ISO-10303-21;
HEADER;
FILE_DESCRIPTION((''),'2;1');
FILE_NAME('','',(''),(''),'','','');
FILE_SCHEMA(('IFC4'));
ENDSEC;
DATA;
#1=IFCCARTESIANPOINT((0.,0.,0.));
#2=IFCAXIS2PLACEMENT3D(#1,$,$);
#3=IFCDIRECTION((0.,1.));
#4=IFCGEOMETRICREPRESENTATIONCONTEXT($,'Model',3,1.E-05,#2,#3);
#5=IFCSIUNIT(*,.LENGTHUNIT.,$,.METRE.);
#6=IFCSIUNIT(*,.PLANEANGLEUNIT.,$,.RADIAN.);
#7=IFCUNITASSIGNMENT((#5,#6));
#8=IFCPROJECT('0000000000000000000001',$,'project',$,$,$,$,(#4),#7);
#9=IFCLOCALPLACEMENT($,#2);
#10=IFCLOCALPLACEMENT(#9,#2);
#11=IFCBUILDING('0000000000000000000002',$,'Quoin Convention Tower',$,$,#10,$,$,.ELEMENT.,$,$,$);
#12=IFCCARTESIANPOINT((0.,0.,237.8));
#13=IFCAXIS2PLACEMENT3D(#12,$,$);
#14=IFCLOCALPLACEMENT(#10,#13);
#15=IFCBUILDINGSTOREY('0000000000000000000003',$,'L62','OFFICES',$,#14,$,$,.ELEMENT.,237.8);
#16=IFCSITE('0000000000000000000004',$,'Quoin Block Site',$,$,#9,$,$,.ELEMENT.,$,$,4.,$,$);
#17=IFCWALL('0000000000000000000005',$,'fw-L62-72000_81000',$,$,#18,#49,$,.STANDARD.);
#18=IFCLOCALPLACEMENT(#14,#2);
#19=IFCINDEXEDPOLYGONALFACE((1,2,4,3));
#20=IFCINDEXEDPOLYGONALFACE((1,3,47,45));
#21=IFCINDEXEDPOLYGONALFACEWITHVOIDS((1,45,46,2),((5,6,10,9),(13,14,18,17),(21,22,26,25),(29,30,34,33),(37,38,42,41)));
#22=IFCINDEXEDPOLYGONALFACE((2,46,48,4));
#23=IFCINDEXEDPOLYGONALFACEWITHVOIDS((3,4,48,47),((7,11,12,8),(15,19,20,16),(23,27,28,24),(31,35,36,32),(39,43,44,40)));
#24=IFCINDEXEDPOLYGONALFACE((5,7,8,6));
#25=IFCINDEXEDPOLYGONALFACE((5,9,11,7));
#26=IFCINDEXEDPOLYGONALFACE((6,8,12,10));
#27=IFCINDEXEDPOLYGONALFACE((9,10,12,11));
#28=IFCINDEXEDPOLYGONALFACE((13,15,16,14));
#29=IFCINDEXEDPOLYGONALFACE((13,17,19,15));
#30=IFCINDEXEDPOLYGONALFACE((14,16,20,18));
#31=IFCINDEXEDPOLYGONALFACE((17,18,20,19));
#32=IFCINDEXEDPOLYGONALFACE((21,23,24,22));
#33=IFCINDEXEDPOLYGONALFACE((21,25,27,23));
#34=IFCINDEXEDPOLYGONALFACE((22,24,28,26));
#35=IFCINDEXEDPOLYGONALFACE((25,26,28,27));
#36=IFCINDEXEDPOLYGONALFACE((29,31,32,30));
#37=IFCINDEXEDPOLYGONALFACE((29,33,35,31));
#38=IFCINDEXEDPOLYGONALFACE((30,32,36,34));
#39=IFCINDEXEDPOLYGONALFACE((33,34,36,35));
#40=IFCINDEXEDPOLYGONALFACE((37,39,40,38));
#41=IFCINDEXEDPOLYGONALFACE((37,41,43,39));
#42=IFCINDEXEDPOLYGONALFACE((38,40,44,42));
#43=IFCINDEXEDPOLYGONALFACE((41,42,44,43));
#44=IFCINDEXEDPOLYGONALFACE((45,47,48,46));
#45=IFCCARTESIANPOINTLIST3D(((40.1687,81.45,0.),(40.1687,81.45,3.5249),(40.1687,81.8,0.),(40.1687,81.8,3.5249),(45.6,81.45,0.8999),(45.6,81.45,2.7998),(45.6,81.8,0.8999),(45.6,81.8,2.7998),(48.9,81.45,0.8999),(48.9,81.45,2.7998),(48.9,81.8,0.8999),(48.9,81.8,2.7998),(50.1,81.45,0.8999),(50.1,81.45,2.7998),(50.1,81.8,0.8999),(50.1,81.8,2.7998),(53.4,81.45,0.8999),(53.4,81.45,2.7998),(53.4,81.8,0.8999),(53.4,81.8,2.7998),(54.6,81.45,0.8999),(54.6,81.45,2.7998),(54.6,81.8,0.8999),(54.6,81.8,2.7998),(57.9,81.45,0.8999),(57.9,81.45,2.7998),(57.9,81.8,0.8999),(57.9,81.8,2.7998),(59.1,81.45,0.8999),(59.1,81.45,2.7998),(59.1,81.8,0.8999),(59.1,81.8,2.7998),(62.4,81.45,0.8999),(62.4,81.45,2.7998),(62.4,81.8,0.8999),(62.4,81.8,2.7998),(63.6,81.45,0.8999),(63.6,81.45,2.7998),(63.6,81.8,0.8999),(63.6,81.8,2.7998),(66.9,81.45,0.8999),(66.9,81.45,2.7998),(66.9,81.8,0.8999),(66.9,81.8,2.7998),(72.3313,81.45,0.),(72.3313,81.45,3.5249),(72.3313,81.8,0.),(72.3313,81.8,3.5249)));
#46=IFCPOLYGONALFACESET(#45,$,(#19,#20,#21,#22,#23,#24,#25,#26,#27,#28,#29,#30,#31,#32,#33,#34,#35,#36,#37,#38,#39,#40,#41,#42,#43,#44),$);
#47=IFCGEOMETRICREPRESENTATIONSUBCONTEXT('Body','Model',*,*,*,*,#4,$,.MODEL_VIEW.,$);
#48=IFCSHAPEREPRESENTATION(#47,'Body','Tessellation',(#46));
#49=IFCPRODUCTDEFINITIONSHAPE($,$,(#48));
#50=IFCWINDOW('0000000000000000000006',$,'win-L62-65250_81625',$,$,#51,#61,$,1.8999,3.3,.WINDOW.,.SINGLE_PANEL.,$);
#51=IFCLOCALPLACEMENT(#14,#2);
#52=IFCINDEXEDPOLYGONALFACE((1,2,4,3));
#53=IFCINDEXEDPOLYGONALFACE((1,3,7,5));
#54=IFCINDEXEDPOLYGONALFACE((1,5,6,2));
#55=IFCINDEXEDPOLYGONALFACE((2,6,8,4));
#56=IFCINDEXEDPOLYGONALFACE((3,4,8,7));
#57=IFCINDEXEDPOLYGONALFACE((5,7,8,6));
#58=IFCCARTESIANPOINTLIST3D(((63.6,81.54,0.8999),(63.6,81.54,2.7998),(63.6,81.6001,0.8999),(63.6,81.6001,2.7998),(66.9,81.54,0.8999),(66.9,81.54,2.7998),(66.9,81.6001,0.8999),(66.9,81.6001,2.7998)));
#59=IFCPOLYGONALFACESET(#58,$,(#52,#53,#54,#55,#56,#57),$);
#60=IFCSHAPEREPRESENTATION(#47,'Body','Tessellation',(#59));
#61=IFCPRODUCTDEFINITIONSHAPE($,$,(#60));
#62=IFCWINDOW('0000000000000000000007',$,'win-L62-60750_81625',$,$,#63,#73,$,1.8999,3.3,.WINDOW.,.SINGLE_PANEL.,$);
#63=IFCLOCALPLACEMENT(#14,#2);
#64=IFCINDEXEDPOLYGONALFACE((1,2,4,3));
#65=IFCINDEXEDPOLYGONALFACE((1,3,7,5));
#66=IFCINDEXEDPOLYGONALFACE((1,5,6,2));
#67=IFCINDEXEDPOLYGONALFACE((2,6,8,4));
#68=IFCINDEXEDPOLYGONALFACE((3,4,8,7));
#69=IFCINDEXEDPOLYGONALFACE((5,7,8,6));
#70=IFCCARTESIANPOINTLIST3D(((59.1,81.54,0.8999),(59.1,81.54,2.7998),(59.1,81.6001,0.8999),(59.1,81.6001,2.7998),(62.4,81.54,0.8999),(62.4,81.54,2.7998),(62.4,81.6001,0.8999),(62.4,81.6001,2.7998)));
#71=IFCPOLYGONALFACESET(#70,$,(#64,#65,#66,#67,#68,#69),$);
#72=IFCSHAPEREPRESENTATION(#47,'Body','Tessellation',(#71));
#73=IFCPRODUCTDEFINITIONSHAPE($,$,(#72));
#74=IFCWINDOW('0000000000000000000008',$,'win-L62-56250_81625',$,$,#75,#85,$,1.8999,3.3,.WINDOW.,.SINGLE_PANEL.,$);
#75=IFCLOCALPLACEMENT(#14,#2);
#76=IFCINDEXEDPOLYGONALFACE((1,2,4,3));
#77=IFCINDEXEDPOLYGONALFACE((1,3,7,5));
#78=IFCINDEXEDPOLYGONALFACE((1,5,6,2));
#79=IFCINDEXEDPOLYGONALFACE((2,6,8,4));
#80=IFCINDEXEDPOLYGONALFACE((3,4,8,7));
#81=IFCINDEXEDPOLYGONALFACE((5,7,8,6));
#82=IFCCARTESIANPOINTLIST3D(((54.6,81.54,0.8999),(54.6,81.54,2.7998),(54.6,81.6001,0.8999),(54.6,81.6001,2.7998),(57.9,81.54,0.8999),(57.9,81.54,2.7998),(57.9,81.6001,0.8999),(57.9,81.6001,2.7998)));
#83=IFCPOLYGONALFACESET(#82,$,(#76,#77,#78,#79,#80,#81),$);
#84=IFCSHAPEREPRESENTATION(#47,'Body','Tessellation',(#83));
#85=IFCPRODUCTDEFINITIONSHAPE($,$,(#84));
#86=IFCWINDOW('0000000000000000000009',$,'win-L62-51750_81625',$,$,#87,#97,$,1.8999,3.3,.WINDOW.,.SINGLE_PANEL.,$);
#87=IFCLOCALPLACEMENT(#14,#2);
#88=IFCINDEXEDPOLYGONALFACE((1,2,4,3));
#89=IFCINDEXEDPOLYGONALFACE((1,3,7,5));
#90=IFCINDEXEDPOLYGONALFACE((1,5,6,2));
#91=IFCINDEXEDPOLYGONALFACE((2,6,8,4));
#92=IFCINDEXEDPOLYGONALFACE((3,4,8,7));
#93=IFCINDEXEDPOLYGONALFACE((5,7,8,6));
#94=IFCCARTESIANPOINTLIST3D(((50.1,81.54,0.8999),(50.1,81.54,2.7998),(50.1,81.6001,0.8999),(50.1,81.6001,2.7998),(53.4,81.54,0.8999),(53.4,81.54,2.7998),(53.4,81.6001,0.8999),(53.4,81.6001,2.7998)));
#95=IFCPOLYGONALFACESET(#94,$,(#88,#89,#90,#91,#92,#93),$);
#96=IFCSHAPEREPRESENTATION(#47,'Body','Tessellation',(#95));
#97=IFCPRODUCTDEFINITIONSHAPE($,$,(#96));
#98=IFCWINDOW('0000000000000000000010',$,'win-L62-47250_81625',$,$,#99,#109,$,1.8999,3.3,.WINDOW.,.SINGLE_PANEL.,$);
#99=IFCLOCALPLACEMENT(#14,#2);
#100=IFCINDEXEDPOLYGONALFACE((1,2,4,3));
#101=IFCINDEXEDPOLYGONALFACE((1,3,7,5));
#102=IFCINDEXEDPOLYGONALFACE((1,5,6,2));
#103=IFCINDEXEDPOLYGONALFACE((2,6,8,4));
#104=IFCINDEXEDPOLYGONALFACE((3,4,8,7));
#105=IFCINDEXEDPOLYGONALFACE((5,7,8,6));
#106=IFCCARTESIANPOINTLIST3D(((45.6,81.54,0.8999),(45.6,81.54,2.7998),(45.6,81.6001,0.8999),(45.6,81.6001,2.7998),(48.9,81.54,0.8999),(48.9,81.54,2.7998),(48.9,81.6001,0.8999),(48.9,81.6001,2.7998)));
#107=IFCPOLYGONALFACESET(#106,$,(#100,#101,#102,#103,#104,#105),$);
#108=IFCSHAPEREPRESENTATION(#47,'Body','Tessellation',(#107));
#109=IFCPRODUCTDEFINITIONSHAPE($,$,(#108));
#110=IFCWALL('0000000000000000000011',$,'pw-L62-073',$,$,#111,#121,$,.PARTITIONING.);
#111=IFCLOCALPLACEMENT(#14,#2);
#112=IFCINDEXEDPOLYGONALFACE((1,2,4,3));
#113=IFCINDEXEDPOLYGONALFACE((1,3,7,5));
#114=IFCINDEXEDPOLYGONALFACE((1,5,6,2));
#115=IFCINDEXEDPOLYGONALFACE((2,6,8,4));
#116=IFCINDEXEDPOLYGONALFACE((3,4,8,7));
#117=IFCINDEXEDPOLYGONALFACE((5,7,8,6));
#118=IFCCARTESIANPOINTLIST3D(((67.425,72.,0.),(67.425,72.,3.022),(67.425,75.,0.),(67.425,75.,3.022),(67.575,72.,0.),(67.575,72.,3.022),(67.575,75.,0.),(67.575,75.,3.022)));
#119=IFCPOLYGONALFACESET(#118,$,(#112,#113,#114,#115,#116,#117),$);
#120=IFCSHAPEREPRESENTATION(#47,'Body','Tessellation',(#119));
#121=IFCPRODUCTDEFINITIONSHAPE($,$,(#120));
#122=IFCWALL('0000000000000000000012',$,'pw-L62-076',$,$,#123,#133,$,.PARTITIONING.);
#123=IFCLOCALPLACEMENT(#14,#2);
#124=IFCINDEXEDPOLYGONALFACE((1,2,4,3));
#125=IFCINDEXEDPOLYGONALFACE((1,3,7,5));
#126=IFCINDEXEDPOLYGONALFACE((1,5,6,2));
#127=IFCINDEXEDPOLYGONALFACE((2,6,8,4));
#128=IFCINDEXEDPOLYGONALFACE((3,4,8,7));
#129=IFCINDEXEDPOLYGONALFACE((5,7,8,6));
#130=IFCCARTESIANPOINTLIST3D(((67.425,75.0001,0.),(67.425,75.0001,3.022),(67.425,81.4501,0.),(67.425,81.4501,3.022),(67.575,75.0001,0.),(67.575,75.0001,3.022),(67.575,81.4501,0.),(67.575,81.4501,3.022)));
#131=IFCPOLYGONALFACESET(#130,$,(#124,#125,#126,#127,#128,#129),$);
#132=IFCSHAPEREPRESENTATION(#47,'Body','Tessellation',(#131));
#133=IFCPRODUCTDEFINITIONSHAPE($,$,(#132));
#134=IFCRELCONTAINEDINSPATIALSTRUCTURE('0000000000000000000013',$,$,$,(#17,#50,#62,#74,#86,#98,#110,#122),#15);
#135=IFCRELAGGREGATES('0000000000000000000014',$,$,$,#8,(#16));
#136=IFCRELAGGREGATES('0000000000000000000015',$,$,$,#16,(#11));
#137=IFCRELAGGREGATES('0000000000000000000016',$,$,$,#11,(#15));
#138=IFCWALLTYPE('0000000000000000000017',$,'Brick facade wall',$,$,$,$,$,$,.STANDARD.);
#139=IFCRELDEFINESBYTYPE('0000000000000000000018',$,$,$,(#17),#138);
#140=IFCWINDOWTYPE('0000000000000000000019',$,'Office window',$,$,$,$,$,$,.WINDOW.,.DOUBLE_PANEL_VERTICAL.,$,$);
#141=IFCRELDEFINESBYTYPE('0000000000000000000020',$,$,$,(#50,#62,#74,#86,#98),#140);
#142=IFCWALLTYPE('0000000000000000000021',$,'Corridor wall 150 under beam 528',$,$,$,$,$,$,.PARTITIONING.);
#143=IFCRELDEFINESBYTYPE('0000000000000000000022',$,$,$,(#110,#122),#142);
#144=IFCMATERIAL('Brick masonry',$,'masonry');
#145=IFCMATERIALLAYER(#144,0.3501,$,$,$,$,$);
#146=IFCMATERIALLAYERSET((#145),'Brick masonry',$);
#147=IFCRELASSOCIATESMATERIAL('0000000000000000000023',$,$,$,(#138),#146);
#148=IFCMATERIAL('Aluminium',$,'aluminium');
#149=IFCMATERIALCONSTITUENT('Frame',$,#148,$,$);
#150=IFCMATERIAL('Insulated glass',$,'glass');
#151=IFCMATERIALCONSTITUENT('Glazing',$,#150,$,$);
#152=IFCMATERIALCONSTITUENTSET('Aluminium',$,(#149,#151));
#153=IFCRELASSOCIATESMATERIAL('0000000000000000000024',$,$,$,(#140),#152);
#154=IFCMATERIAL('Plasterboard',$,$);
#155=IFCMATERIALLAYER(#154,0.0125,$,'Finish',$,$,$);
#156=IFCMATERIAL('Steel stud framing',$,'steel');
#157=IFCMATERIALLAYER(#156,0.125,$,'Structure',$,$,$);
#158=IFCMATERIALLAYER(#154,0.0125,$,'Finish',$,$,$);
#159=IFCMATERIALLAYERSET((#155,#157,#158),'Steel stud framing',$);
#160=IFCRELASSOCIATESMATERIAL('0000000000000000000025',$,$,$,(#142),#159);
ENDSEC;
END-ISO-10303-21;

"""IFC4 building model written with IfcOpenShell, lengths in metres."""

from ifc_helpers import new_model, si_unit, direction, frame, frame_2d, origin, place, context, subcontext, project, spatial, rectangle, extrude, material, layer, layer_set, constituent, constituent_set, type_object, element, fill, save


model = new_model("IFC4")

# Units and contexts
model_context = context("Model", 3, precision=1e-05, world=origin(), true_north=direction((0.0, 1.0)))
body_context = subcontext(model_context, "Body", "Model", "MODEL_VIEW")
ifc_project = project(units=[si_unit("LENGTHUNIT", "METRE"), si_unit("PLANEANGLEUNIT", "RADIAN")], contexts=[model_context])

# Site, building, storey
site_placement = place(None, origin())
site = spatial("IfcSite", under=ifc_project, at=site_placement, Name="Quoin Block Site", CompositionType="ELEMENT", RefElevation=4.0)
building_placement = place(site_placement, origin())
building = spatial("IfcBuilding", under=site, at=building_placement, Name="Quoin Convention Tower", CompositionType="ELEMENT")
storey_placement = place(building_placement, frame((0.0, 0.0, 237.8)))
storey = spatial("IfcBuildingStorey", under=building, at=storey_placement, Name="L62", Description="OFFICES", CompositionType="ELEMENT", Elevation=237.8)

# Shared definitions
ifc_material_1 = material(Name="Plasterboard")
ifc_material_2 = material(Name="Steel stud framing", Category="steel")

# Shared definitions
ifc_material_3 = material(Name="Brick masonry", Category="masonry")
ifc_layer_1 = layer(ifc_material_3, 0.3501)
ifc_layer_set_1 = layer_set([ifc_layer_1], Name="Brick masonry")
wall_type_1 = type_object("IfcWallType", Name="Brick facade wall", PredefinedType="STANDARD", material=ifc_layer_set_1)
ifc_material_4 = material(Name="Aluminium", Category="aluminium")
ifc_constituent_1 = constituent(ifc_material_4, Name="Frame")
ifc_material_5 = material(Name="Insulated glass", Category="glass")
ifc_constituent_2 = constituent(ifc_material_5, Name="Glazing")
ifc_constituent_set = constituent_set(constituents=[ifc_constituent_1, ifc_constituent_2], Name="Aluminium")
window_type = type_object("IfcWindowType", Name="Office window", PartitioningType="DOUBLE_PANEL_VERTICAL", PredefinedType="WINDOW", material=ifc_constituent_set)

# Wall, openings, windows
wall_1_placement = place(storey_placement, frame((72.3313, 81.625, 0.0), z_axis=(0.0, 0.0, 1.0), x_axis=(-1.0, 0.0, 0.0)))
wall_1 = element("IfcWall", 1, at=wall_1_placement, inside=storey, type_object=wall_type_1, Name="fw-L62-72000_81000", PredefinedType="STANDARD", context=body_context, shape_type="SweptSolid", body=[
    extrude(rectangle(XDim=32.1626, YDim=0.3501, at=frame_2d((16.0813, 0.0))), origin(), (0.0, 0.0, 1.0), 3.5249),
])
opening_1_placement = place(wall_1_placement, frame((5.4314, 0.0, 0.8999)))
opening_1 = element("IfcOpeningElement", 2, at=opening_1_placement, cuts=wall_1, PredefinedType="OPENING", context=body_context, shape_type="SweptSolid", body=[
    extrude(rectangle(XDim=3.3, YDim=1.8999, at=frame_2d((1.6499, 0.95))), frame((0.0, 0.1851, 0.0), z_axis=(0.0, -1.0, 0.0), x_axis=(1.0, 0.0, 0.0)), (0.0, 0.0, 1.0), 0.3701),
])
opening_2_placement = place(wall_1_placement, frame((9.9314, 0.0, 0.8999)))
opening_2 = element("IfcOpeningElement", 3, at=opening_2_placement, cuts=wall_1, PredefinedType="OPENING", context=body_context, shape_type="SweptSolid", body=[
    extrude(rectangle(XDim=3.3, YDim=1.8999, at=frame_2d((1.6499, 0.95))), frame((0.0, 0.1851, 0.0), z_axis=(0.0, -1.0, 0.0), x_axis=(1.0, 0.0, 0.0)), (0.0, 0.0, 1.0), 0.3701),
])
opening_3_placement = place(wall_1_placement, frame((14.4314, 0.0, 0.8999)))
opening_3 = element("IfcOpeningElement", 4, at=opening_3_placement, cuts=wall_1, PredefinedType="OPENING", context=body_context, shape_type="SweptSolid", body=[
    extrude(rectangle(XDim=3.3, YDim=1.8999, at=frame_2d((1.6499, 0.95))), frame((0.0, 0.1851, 0.0), z_axis=(0.0, -1.0, 0.0), x_axis=(1.0, 0.0, 0.0)), (0.0, 0.0, 1.0), 0.3701),
])
opening_4_placement = place(wall_1_placement, frame((18.9314, 0.0, 0.8999)))
opening_4 = element("IfcOpeningElement", 5, at=opening_4_placement, cuts=wall_1, PredefinedType="OPENING", context=body_context, shape_type="SweptSolid", body=[
    extrude(rectangle(XDim=3.3, YDim=1.8999, at=frame_2d((1.6499, 0.95))), frame((0.0, 0.1851, 0.0), z_axis=(0.0, -1.0, 0.0), x_axis=(1.0, 0.0, 0.0)), (0.0, 0.0, 1.0), 0.3701),
])
opening_5_placement = place(wall_1_placement, frame((23.4314, 0.0, 0.8999)))
opening_5 = element("IfcOpeningElement", 6, at=opening_5_placement, cuts=wall_1, PredefinedType="OPENING", context=body_context, shape_type="SweptSolid", body=[
    extrude(rectangle(XDim=3.3, YDim=1.8999, at=frame_2d((1.6499, 0.95))), frame((0.0, 0.1851, 0.0), z_axis=(0.0, -1.0, 0.0), x_axis=(1.0, 0.0, 0.0)), (0.0, 0.0, 1.0), 0.3701),
])
window_1_placement = place(opening_1_placement, origin())
window_1 = element("IfcWindow", 7, at=window_1_placement, inside=storey, type_object=window_type, Name="win-L62-65250_81625", OverallHeight=1.8999, OverallWidth=3.3, PartitioningType="SINGLE_PANEL", PredefinedType="WINDOW", context=body_context, shape_type="SweptSolid", body=[
    extrude(rectangle(XDim=3.3, YDim=1.8999, at=frame_2d((1.6499, 0.95))), frame((0.0, 0.085, 0.0), z_axis=(0.0, -1.0, 0.0), x_axis=(1.0, 0.0, 0.0)), (0.0, 0.0, 1.0), 0.0601),
])
fill(opening_1, window_1)
window_2_placement = place(opening_2_placement, origin())
window_2 = element("IfcWindow", 8, at=window_2_placement, inside=storey, type_object=window_type, Name="win-L62-60750_81625", OverallHeight=1.8999, OverallWidth=3.3, PartitioningType="SINGLE_PANEL", PredefinedType="WINDOW", context=body_context, shape_type="SweptSolid", body=[
    extrude(rectangle(XDim=3.3, YDim=1.8999, at=frame_2d((1.6499, 0.95))), frame((0.0, 0.085, 0.0), z_axis=(0.0, -1.0, 0.0), x_axis=(1.0, 0.0, 0.0)), (0.0, 0.0, 1.0), 0.0601),
])
fill(opening_2, window_2)
window_3_placement = place(opening_3_placement, origin())
window_3 = element("IfcWindow", 9, at=window_3_placement, inside=storey, type_object=window_type, Name="win-L62-56250_81625", OverallHeight=1.8999, OverallWidth=3.3, PartitioningType="SINGLE_PANEL", PredefinedType="WINDOW", context=body_context, shape_type="SweptSolid", body=[
    extrude(rectangle(XDim=3.3, YDim=1.8999, at=frame_2d((1.6499, 0.95))), frame((0.0, 0.085, 0.0), z_axis=(0.0, -1.0, 0.0), x_axis=(1.0, 0.0, 0.0)), (0.0, 0.0, 1.0), 0.0601),
])
fill(opening_3, window_3)
window_4_placement = place(opening_4_placement, origin())
window_4 = element("IfcWindow", 10, at=window_4_placement, inside=storey, type_object=window_type, Name="win-L62-51750_81625", OverallHeight=1.8999, OverallWidth=3.3, PartitioningType="SINGLE_PANEL", PredefinedType="WINDOW", context=body_context, shape_type="SweptSolid", body=[
    extrude(rectangle(XDim=3.3, YDim=1.8999, at=frame_2d((1.6499, 0.95))), frame((0.0, 0.085, 0.0), z_axis=(0.0, -1.0, 0.0), x_axis=(1.0, 0.0, 0.0)), (0.0, 0.0, 1.0), 0.0601),
])
fill(opening_4, window_4)
window_5_placement = place(opening_5_placement, origin())
window_5 = element("IfcWindow", 11, at=window_5_placement, inside=storey, type_object=window_type, Name="win-L62-47250_81625", OverallHeight=1.8999, OverallWidth=3.3, PartitioningType="SINGLE_PANEL", PredefinedType="WINDOW", context=body_context, shape_type="SweptSolid", body=[
    extrude(rectangle(XDim=3.3, YDim=1.8999, at=frame_2d((1.6499, 0.95))), frame((0.0, 0.085, 0.0), z_axis=(0.0, -1.0, 0.0), x_axis=(1.0, 0.0, 0.0)), (0.0, 0.0, 1.0), 0.0601),
])
fill(opening_5, window_5)

# Walls
ifc_layer_2 = layer(ifc_material_1, 0.0125, Name="Finish")
ifc_layer_3 = layer(ifc_material_2, 0.125, Name="Structure")
ifc_layer_4 = layer(ifc_material_1, 0.0125, Name="Finish")
ifc_layer_set_2 = layer_set([ifc_layer_2, ifc_layer_3, ifc_layer_4], Name="Steel stud framing")
wall_type_2 = type_object("IfcWallType", Name="Corridor wall 150 under beam 528", PredefinedType="PARTITIONING", material=ifc_layer_set_2)
wall_2_placement = place(storey_placement, frame((67.5, 72.0, 0.0), z_axis=(0.0, 0.0, 1.0), x_axis=(0.0, 1.0, 0.0)))
element("IfcWall", 12, at=wall_2_placement, inside=storey, type_object=wall_type_2, Name="pw-L62-073", PredefinedType="PARTITIONING", context=body_context, shape_type="SweptSolid", body=[
    extrude(rectangle(XDim=3.0, YDim=0.1499, at=frame_2d((1.5, 0.0))), origin(), (0.0, 0.0, 1.0), 3.022),
])
wall_3_placement = place(storey_placement, frame((67.5, 75.0, 0.0), z_axis=(0.0, 0.0, 1.0), x_axis=(0.0, 1.0, 0.0)))
element("IfcWall", 13, at=wall_3_placement, inside=storey, type_object=wall_type_2, Name="pw-L62-076", PredefinedType="PARTITIONING", context=body_context, shape_type="SweptSolid", body=[
    extrude(rectangle(XDim=6.45, YDim=0.1499, at=frame_2d((3.2251, 0.0))), origin(), (0.0, 0.0, 1.0), 3.022),
])

save(model, "model.ifc")
